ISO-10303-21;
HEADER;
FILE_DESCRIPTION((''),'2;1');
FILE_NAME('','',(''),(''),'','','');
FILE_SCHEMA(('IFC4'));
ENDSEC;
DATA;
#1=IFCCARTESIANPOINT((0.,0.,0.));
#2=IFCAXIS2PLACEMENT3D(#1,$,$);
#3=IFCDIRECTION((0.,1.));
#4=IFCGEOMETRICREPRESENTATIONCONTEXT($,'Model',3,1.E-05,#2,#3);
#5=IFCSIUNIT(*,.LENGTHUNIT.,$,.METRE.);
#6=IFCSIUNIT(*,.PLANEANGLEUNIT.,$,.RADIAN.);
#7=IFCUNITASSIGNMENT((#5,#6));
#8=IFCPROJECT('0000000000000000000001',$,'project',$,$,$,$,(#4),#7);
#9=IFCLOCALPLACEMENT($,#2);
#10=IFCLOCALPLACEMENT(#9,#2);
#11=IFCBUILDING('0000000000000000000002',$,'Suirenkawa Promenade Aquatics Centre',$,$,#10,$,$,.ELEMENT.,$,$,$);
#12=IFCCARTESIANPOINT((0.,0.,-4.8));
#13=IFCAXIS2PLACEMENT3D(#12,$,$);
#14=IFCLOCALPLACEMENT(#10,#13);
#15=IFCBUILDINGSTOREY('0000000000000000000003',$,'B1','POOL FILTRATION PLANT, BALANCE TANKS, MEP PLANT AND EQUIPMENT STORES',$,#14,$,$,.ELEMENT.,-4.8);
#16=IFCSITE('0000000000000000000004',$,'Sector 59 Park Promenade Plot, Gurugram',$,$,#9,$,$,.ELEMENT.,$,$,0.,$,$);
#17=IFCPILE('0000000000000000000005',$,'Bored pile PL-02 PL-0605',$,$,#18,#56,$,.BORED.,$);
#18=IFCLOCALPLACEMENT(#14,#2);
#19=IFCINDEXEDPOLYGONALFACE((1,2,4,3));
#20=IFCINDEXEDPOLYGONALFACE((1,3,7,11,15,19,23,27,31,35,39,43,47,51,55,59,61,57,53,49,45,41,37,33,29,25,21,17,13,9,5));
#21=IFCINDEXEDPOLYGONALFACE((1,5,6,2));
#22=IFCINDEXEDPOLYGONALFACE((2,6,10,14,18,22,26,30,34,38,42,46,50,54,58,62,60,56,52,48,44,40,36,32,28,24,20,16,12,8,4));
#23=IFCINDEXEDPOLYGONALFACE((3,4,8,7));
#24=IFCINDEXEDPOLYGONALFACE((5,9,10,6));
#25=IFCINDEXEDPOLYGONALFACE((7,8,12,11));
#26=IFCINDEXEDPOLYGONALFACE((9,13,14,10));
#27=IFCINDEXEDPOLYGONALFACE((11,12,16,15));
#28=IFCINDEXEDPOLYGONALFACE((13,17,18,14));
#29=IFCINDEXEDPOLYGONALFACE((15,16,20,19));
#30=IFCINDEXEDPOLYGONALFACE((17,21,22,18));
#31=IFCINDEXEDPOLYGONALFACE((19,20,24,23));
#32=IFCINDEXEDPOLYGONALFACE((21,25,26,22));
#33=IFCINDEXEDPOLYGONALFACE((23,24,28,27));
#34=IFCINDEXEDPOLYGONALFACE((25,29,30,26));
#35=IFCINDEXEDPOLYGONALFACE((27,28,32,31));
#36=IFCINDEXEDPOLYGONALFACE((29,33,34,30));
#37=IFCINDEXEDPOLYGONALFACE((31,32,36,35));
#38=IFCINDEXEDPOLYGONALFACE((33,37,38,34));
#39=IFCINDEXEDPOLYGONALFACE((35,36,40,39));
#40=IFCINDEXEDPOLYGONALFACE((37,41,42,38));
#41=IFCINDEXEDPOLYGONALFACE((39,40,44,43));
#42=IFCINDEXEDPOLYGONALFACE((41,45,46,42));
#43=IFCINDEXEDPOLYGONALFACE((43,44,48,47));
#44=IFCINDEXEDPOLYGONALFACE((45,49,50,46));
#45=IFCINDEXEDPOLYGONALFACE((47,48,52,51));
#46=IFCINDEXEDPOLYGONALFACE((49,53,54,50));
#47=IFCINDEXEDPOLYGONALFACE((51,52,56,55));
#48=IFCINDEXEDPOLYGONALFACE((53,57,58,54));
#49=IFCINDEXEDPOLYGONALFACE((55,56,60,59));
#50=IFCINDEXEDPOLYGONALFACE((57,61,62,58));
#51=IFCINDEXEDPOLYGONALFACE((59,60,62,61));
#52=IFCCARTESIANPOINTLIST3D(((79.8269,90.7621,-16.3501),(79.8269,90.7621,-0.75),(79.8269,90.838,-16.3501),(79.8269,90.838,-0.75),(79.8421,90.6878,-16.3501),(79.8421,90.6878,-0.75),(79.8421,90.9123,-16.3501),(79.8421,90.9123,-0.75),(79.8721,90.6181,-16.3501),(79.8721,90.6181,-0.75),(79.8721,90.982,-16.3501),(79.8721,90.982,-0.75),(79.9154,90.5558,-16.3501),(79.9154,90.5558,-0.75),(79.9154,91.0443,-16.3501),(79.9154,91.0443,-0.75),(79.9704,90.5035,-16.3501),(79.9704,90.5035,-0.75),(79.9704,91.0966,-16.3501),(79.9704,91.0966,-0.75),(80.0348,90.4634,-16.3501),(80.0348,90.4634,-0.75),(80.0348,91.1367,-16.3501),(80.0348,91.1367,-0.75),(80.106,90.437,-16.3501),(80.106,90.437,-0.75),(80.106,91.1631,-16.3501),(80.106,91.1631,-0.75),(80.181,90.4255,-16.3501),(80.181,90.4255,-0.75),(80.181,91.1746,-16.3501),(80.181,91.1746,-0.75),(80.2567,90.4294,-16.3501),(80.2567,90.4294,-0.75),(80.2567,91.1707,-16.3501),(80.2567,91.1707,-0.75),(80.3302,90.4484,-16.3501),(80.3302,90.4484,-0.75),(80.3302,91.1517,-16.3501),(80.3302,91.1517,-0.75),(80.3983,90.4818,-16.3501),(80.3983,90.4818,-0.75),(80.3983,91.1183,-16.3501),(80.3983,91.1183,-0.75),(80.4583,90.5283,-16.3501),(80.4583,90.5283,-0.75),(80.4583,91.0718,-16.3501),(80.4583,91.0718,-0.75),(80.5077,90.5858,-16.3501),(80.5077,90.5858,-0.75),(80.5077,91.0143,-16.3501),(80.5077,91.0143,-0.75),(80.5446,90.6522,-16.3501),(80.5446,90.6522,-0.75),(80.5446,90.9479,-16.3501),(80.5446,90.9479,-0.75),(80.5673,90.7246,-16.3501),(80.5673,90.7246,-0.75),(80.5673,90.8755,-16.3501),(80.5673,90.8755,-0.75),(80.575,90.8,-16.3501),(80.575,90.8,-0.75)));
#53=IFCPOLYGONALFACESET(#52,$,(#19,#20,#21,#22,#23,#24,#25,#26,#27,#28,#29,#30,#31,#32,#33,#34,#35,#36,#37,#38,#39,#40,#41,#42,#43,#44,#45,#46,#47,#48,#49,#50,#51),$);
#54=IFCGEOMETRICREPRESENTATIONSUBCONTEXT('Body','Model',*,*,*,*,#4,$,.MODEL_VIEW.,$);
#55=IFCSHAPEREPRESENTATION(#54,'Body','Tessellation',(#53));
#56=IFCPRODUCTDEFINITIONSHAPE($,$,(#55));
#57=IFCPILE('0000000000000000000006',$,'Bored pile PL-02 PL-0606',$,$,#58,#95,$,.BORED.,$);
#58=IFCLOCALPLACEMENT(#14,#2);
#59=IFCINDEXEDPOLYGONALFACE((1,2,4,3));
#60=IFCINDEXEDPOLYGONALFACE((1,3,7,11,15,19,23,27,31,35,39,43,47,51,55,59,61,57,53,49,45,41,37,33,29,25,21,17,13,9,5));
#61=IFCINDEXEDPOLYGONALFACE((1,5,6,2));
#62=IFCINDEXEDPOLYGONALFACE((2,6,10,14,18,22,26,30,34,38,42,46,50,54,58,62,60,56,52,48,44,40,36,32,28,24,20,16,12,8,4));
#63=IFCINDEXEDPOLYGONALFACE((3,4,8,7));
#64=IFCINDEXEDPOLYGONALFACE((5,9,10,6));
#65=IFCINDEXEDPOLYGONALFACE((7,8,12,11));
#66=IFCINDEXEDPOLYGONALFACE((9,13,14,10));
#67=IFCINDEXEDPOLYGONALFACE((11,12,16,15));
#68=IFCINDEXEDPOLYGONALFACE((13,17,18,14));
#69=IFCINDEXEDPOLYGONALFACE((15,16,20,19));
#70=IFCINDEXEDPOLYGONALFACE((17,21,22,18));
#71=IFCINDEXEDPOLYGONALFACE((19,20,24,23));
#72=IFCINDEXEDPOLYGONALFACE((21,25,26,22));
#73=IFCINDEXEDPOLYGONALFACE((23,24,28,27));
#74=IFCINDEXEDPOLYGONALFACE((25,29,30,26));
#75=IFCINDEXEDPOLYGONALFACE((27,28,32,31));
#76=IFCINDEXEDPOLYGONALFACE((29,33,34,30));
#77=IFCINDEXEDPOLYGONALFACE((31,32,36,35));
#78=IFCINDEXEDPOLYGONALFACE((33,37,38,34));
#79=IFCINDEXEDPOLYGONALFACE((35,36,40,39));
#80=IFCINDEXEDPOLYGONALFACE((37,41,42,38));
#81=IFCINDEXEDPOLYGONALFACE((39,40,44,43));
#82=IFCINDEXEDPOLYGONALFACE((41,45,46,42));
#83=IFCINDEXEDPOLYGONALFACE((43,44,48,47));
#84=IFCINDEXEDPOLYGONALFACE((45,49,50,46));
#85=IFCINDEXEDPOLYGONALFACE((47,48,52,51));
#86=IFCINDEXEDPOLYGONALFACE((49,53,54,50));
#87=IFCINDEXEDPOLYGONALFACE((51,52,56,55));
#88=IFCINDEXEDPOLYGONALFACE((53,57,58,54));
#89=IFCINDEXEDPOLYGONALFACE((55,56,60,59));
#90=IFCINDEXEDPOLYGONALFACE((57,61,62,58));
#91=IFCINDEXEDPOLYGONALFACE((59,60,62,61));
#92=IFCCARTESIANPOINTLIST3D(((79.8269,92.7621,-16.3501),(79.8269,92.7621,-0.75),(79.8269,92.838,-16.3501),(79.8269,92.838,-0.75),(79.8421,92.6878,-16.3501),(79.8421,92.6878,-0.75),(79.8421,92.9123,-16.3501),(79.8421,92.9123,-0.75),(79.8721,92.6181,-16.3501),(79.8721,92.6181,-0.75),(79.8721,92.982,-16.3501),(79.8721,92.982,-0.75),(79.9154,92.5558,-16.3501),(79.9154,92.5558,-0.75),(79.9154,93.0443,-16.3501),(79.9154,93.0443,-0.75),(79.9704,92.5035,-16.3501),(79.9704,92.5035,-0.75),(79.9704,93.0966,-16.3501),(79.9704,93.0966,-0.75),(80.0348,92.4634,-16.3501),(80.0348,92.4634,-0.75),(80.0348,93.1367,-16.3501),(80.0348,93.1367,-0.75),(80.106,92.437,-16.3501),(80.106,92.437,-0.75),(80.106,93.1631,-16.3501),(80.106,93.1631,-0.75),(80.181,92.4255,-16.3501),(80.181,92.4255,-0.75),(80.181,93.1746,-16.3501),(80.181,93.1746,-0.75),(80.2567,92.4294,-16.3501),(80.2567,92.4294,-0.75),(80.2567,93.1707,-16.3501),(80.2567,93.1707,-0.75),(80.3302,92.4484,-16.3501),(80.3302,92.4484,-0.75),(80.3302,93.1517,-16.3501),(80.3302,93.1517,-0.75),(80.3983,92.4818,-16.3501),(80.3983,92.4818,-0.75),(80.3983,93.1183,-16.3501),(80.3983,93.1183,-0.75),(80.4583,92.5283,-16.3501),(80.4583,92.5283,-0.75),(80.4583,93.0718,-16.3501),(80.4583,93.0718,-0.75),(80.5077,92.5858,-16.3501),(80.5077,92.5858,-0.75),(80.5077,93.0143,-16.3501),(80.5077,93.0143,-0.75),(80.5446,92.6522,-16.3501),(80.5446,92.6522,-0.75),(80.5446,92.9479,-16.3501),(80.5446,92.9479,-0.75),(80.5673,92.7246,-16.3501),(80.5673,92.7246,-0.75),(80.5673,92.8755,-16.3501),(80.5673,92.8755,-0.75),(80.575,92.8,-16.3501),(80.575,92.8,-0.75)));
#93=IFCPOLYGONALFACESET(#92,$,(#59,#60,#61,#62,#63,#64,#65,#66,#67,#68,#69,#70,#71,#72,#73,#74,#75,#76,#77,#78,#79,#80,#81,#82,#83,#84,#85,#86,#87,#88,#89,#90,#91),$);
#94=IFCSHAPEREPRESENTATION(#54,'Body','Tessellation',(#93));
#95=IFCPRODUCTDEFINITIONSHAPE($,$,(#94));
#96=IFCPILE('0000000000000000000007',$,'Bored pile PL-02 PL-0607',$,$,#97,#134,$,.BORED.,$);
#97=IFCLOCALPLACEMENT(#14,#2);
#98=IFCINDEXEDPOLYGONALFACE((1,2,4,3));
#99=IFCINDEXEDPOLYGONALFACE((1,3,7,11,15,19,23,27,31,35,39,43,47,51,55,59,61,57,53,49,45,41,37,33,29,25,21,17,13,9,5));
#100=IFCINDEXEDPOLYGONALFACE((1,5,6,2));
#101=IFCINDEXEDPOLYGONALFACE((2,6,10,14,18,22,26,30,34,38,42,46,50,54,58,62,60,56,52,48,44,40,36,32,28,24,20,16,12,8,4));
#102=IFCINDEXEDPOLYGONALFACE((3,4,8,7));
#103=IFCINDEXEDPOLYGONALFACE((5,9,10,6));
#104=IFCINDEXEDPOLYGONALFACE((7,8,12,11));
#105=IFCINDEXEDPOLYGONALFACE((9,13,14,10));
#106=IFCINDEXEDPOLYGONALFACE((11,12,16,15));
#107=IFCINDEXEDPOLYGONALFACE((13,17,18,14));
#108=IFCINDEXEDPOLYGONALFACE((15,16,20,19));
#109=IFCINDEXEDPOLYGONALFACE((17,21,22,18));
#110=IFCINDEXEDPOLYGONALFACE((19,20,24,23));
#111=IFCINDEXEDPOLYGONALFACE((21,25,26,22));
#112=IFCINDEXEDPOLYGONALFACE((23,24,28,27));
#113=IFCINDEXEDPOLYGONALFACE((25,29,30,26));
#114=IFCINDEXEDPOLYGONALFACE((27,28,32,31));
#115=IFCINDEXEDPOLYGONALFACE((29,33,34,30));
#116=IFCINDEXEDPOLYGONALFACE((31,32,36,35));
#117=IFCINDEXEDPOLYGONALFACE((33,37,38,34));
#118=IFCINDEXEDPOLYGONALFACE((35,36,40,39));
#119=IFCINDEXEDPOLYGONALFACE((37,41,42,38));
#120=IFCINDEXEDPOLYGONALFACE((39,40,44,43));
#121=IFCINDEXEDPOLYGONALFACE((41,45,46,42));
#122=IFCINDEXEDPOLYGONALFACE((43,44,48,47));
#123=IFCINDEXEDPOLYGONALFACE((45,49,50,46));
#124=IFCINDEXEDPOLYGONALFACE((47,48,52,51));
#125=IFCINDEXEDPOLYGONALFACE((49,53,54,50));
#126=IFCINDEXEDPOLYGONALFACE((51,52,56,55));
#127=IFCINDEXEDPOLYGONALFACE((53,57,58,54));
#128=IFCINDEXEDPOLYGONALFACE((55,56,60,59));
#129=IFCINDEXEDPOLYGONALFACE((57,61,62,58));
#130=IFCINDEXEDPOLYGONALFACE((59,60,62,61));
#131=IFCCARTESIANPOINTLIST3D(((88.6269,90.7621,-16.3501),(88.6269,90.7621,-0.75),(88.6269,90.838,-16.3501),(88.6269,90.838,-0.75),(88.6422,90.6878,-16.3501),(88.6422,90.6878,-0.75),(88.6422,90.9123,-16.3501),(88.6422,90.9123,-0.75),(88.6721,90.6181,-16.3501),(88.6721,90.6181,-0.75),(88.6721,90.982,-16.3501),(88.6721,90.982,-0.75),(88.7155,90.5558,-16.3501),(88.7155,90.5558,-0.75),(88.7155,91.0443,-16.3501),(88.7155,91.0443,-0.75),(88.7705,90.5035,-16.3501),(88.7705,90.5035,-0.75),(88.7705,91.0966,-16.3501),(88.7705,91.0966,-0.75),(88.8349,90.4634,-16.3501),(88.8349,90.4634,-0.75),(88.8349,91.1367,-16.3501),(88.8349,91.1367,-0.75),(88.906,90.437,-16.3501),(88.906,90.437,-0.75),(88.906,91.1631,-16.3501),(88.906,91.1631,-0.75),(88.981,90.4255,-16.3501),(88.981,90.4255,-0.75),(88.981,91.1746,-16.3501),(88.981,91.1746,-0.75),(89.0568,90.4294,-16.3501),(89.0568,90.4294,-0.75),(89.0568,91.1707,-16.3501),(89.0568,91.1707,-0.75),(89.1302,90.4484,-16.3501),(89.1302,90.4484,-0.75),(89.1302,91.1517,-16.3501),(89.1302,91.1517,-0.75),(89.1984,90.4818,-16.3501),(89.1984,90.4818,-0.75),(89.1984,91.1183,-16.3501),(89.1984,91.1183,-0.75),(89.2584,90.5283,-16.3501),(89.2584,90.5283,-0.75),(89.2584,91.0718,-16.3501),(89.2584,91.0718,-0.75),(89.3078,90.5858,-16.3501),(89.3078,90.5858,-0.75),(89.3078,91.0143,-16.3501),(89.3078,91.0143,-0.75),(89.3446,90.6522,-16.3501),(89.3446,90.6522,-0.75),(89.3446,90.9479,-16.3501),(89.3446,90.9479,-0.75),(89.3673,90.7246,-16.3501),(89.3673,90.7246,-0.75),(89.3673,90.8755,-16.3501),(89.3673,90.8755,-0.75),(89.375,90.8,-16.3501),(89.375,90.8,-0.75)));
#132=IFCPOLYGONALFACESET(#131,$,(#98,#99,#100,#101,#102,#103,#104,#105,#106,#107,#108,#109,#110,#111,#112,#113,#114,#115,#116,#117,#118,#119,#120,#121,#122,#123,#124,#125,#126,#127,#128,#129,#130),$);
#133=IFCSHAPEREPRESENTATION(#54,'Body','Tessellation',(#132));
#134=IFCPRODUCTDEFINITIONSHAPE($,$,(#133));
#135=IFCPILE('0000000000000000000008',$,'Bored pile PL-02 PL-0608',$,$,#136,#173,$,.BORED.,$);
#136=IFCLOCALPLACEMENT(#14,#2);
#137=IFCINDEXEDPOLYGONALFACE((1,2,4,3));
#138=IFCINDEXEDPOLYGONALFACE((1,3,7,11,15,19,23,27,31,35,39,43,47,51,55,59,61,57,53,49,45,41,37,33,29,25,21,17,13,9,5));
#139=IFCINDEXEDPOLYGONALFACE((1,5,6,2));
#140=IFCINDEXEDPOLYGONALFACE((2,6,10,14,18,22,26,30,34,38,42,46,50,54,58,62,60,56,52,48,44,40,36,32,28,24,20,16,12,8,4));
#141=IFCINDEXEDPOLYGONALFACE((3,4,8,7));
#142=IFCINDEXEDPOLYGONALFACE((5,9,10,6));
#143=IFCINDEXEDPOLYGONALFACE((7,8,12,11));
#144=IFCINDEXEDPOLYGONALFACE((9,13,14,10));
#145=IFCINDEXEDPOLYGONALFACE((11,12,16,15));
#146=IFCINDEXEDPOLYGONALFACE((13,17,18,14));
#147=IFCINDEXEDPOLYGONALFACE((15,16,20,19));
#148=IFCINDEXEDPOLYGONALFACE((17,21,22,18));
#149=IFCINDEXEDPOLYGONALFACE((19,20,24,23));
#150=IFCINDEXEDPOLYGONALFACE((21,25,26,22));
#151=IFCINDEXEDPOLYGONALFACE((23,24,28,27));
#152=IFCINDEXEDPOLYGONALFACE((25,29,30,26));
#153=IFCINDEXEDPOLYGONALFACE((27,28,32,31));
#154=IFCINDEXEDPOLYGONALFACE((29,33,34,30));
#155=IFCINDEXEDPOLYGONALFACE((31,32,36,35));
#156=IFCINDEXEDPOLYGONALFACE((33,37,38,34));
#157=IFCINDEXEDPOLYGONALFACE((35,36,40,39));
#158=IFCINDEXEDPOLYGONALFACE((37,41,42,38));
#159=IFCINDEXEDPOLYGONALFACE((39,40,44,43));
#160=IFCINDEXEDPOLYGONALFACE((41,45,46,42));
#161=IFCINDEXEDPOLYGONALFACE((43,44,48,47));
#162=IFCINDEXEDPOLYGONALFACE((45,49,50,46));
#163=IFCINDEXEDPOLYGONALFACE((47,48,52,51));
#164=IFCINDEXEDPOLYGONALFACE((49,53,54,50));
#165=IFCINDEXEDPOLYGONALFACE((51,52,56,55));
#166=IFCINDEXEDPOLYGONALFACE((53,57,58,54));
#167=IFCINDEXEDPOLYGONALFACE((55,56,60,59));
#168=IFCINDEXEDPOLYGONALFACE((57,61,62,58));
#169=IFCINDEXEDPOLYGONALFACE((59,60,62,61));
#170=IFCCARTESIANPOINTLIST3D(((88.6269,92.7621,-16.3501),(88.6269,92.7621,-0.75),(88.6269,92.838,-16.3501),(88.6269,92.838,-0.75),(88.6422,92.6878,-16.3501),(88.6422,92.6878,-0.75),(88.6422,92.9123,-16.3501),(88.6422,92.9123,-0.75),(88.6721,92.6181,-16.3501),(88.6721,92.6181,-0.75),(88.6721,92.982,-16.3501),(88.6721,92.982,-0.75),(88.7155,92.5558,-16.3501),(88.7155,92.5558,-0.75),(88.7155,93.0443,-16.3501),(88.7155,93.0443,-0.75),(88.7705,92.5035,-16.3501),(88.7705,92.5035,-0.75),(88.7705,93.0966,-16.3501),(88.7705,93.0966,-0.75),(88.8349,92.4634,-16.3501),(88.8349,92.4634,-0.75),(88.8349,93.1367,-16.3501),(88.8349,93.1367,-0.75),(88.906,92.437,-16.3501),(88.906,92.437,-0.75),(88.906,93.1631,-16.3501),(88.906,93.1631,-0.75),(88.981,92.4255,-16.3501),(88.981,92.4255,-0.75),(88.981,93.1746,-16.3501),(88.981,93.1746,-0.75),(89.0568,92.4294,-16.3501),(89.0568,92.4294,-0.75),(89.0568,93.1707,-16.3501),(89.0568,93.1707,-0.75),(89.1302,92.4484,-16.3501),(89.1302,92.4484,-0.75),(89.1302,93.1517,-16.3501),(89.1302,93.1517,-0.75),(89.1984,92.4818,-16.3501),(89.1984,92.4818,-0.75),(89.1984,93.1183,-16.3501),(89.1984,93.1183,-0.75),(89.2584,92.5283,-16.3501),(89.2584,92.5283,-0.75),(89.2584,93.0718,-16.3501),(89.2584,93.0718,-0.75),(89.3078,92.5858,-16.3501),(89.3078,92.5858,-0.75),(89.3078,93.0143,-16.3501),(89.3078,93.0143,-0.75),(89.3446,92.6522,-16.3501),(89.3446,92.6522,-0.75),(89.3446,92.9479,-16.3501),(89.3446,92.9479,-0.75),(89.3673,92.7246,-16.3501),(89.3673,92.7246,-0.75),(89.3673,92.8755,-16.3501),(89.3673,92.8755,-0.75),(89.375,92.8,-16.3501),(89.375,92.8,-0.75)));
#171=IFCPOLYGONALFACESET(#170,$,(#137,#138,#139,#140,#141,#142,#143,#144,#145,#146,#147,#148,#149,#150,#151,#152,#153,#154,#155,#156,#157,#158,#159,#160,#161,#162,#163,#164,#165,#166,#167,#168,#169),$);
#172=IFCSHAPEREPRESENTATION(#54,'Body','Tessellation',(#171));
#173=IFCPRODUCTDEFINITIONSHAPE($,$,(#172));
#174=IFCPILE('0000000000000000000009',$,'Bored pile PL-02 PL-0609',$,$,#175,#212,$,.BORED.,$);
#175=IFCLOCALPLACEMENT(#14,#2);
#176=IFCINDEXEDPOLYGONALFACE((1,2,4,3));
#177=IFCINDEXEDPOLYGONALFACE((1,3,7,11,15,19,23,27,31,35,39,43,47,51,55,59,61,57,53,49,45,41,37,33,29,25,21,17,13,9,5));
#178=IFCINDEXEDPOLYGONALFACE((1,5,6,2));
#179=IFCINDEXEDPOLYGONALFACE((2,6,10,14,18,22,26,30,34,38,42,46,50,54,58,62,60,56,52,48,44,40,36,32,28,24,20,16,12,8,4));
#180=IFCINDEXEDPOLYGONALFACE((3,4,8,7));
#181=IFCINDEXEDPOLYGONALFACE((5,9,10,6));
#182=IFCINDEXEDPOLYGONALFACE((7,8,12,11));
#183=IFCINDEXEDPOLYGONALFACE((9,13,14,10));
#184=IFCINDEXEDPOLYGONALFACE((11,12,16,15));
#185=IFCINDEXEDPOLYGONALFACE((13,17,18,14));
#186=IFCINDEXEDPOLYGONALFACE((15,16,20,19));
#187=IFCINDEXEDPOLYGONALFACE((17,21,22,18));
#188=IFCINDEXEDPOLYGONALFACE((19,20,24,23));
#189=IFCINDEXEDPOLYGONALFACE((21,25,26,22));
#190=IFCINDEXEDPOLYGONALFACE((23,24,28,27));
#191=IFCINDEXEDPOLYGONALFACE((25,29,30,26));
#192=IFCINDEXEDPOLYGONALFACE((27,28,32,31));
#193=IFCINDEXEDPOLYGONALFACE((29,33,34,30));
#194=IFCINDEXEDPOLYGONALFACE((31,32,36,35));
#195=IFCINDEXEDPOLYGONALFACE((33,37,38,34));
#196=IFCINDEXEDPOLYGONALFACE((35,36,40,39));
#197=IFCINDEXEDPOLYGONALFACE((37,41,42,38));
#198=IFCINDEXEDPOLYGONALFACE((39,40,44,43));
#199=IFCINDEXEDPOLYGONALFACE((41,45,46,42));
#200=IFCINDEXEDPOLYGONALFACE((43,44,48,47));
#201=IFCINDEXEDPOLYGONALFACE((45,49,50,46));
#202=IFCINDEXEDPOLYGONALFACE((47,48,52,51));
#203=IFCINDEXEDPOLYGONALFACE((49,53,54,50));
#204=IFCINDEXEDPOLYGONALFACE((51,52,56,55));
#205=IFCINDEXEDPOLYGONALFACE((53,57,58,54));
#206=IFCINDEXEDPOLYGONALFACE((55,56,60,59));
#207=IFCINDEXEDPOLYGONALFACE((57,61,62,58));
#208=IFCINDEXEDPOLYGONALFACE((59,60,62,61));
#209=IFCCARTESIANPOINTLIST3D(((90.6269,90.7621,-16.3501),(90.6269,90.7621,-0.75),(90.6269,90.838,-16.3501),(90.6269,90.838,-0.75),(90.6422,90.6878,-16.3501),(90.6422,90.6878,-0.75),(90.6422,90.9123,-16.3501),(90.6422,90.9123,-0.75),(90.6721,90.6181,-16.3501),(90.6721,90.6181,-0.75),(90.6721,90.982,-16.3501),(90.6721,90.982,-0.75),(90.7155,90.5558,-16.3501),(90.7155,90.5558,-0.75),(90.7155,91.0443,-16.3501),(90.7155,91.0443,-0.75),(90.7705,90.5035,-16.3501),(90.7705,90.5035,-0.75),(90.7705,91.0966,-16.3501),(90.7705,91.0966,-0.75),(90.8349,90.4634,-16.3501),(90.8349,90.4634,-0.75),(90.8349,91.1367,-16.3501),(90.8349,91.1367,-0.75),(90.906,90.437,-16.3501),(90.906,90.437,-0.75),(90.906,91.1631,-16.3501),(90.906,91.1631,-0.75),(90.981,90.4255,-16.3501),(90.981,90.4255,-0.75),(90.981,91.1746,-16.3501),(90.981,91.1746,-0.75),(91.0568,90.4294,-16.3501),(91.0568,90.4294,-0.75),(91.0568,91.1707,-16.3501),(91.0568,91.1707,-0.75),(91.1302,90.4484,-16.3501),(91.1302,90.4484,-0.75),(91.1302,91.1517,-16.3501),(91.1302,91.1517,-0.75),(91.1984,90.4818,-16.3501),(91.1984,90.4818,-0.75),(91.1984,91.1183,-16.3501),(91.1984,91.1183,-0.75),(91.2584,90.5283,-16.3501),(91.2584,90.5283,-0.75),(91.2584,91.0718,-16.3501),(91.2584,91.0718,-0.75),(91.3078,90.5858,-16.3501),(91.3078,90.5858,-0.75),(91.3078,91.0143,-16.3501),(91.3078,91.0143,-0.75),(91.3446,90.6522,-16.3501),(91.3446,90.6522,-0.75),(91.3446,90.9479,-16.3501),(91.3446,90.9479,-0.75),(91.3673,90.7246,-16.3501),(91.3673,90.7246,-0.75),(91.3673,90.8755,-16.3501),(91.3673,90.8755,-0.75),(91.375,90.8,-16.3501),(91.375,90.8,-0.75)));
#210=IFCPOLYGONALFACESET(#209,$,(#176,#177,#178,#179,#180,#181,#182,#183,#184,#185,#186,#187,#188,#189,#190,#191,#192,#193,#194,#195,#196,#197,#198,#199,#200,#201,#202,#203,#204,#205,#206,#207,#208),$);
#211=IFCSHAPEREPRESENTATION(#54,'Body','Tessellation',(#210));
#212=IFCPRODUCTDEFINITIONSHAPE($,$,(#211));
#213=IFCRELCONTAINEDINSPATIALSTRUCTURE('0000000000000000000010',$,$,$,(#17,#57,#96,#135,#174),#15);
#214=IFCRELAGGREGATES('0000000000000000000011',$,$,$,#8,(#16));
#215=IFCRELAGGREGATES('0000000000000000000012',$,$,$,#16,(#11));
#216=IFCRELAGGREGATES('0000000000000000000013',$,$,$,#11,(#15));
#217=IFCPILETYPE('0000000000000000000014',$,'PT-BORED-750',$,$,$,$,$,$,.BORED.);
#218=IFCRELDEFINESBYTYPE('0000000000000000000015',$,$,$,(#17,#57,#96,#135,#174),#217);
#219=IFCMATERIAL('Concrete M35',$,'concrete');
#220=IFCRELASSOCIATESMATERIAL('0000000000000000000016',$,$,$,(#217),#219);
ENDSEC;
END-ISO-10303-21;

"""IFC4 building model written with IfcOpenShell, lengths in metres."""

from ifc_helpers import new_model, si_unit, direction, frame, origin, origin_2d, place, context, subcontext, project, spatial, circle, extrude, material, material_profile, profile_set, type_object, element, save


model = new_model("IFC4")

# Units and contexts
model_context = context("Model", 3, precision=1e-05, world=origin(), true_north=direction((0.0, 1.0)))
body_context = subcontext(model_context, "Body", "Model", "MODEL_VIEW")
ifc_project = project(units=[si_unit("LENGTHUNIT", "METRE"), si_unit("PLANEANGLEUNIT", "RADIAN")], contexts=[model_context])

# Site, building, storey
site_placement = place(None, origin())
site = spatial("IfcSite", under=ifc_project, at=site_placement, Name="Sector 59 Park Promenade Plot, Gurugram", CompositionType="ELEMENT", RefElevation=0.0)
building_placement = place(site_placement, origin())
building = spatial("IfcBuilding", under=site, at=building_placement, Name="Suirenkawa Promenade Aquatics Centre", CompositionType="ELEMENT")
storey_placement = place(building_placement, frame((0.0, 0.0, -4.8)))
storey = spatial("IfcBuildingStorey", under=building, at=storey_placement, Name="B1", Description="POOL FILTRATION PLANT, BALANCE TANKS, MEP PLANT AND EQUIPMENT STORES", CompositionType="ELEMENT", Elevation=-4.8)

# Shared definitions
ifc_material_1 = material(Name="Concrete M35", Category="concrete")

# Piles
ifc_material_profile_1 = material_profile(ifc_material_1, circle(Radius=0.375, at=origin_2d()), Name="PILE D750", Category="concrete")
ifc_profile_set_1 = profile_set([ifc_material_profile_1], Name="Concrete M35")
pile_type_1 = type_object("IfcPileType", Name="PT-BORED-750", PredefinedType="BORED", material=ifc_profile_set_1)
for number, where, z_axis, x_axis, name in (
    (1, (80.2, 90.8, -0.75), (0.0, 0.0, -1.0), (1.0, 0.0, 0.0), "Bored pile PL-02 PL-0605"),
    (2, (80.2, 92.8, -0.75), (0.0, 0.0, -1.0), (1.0, 0.0, 0.0), "Bored pile PL-02 PL-0606"),
    (3, (89.0, 90.8, -0.75), (0.0, 0.0, -1.0), (1.0, 0.0, 0.0), "Bored pile PL-02 PL-0607"),
    (4, (89.0, 92.8, -0.75), (0.0, 0.0, -1.0), (1.0, 0.0, 0.0), "Bored pile PL-02 PL-0608"),
    (5, (91.0, 90.8, -0.75), (0.0, 0.0, -1.0), (1.0, 0.0, 0.0), "Bored pile PL-02 PL-0609"),
):
    element("IfcPile", number, at=place(storey_placement, frame(where, z_axis=z_axis, x_axis=x_axis)), inside=storey, type_object=pile_type_1, Name=name, PredefinedType="BORED", context=body_context, shape_type="SweptSolid", body=[
        extrude(circle(Radius=0.375, at=origin_2d()), origin(), (0.0, 0.0, 1.0), 15.6001),
    ])

save(model, "model.ifc")
